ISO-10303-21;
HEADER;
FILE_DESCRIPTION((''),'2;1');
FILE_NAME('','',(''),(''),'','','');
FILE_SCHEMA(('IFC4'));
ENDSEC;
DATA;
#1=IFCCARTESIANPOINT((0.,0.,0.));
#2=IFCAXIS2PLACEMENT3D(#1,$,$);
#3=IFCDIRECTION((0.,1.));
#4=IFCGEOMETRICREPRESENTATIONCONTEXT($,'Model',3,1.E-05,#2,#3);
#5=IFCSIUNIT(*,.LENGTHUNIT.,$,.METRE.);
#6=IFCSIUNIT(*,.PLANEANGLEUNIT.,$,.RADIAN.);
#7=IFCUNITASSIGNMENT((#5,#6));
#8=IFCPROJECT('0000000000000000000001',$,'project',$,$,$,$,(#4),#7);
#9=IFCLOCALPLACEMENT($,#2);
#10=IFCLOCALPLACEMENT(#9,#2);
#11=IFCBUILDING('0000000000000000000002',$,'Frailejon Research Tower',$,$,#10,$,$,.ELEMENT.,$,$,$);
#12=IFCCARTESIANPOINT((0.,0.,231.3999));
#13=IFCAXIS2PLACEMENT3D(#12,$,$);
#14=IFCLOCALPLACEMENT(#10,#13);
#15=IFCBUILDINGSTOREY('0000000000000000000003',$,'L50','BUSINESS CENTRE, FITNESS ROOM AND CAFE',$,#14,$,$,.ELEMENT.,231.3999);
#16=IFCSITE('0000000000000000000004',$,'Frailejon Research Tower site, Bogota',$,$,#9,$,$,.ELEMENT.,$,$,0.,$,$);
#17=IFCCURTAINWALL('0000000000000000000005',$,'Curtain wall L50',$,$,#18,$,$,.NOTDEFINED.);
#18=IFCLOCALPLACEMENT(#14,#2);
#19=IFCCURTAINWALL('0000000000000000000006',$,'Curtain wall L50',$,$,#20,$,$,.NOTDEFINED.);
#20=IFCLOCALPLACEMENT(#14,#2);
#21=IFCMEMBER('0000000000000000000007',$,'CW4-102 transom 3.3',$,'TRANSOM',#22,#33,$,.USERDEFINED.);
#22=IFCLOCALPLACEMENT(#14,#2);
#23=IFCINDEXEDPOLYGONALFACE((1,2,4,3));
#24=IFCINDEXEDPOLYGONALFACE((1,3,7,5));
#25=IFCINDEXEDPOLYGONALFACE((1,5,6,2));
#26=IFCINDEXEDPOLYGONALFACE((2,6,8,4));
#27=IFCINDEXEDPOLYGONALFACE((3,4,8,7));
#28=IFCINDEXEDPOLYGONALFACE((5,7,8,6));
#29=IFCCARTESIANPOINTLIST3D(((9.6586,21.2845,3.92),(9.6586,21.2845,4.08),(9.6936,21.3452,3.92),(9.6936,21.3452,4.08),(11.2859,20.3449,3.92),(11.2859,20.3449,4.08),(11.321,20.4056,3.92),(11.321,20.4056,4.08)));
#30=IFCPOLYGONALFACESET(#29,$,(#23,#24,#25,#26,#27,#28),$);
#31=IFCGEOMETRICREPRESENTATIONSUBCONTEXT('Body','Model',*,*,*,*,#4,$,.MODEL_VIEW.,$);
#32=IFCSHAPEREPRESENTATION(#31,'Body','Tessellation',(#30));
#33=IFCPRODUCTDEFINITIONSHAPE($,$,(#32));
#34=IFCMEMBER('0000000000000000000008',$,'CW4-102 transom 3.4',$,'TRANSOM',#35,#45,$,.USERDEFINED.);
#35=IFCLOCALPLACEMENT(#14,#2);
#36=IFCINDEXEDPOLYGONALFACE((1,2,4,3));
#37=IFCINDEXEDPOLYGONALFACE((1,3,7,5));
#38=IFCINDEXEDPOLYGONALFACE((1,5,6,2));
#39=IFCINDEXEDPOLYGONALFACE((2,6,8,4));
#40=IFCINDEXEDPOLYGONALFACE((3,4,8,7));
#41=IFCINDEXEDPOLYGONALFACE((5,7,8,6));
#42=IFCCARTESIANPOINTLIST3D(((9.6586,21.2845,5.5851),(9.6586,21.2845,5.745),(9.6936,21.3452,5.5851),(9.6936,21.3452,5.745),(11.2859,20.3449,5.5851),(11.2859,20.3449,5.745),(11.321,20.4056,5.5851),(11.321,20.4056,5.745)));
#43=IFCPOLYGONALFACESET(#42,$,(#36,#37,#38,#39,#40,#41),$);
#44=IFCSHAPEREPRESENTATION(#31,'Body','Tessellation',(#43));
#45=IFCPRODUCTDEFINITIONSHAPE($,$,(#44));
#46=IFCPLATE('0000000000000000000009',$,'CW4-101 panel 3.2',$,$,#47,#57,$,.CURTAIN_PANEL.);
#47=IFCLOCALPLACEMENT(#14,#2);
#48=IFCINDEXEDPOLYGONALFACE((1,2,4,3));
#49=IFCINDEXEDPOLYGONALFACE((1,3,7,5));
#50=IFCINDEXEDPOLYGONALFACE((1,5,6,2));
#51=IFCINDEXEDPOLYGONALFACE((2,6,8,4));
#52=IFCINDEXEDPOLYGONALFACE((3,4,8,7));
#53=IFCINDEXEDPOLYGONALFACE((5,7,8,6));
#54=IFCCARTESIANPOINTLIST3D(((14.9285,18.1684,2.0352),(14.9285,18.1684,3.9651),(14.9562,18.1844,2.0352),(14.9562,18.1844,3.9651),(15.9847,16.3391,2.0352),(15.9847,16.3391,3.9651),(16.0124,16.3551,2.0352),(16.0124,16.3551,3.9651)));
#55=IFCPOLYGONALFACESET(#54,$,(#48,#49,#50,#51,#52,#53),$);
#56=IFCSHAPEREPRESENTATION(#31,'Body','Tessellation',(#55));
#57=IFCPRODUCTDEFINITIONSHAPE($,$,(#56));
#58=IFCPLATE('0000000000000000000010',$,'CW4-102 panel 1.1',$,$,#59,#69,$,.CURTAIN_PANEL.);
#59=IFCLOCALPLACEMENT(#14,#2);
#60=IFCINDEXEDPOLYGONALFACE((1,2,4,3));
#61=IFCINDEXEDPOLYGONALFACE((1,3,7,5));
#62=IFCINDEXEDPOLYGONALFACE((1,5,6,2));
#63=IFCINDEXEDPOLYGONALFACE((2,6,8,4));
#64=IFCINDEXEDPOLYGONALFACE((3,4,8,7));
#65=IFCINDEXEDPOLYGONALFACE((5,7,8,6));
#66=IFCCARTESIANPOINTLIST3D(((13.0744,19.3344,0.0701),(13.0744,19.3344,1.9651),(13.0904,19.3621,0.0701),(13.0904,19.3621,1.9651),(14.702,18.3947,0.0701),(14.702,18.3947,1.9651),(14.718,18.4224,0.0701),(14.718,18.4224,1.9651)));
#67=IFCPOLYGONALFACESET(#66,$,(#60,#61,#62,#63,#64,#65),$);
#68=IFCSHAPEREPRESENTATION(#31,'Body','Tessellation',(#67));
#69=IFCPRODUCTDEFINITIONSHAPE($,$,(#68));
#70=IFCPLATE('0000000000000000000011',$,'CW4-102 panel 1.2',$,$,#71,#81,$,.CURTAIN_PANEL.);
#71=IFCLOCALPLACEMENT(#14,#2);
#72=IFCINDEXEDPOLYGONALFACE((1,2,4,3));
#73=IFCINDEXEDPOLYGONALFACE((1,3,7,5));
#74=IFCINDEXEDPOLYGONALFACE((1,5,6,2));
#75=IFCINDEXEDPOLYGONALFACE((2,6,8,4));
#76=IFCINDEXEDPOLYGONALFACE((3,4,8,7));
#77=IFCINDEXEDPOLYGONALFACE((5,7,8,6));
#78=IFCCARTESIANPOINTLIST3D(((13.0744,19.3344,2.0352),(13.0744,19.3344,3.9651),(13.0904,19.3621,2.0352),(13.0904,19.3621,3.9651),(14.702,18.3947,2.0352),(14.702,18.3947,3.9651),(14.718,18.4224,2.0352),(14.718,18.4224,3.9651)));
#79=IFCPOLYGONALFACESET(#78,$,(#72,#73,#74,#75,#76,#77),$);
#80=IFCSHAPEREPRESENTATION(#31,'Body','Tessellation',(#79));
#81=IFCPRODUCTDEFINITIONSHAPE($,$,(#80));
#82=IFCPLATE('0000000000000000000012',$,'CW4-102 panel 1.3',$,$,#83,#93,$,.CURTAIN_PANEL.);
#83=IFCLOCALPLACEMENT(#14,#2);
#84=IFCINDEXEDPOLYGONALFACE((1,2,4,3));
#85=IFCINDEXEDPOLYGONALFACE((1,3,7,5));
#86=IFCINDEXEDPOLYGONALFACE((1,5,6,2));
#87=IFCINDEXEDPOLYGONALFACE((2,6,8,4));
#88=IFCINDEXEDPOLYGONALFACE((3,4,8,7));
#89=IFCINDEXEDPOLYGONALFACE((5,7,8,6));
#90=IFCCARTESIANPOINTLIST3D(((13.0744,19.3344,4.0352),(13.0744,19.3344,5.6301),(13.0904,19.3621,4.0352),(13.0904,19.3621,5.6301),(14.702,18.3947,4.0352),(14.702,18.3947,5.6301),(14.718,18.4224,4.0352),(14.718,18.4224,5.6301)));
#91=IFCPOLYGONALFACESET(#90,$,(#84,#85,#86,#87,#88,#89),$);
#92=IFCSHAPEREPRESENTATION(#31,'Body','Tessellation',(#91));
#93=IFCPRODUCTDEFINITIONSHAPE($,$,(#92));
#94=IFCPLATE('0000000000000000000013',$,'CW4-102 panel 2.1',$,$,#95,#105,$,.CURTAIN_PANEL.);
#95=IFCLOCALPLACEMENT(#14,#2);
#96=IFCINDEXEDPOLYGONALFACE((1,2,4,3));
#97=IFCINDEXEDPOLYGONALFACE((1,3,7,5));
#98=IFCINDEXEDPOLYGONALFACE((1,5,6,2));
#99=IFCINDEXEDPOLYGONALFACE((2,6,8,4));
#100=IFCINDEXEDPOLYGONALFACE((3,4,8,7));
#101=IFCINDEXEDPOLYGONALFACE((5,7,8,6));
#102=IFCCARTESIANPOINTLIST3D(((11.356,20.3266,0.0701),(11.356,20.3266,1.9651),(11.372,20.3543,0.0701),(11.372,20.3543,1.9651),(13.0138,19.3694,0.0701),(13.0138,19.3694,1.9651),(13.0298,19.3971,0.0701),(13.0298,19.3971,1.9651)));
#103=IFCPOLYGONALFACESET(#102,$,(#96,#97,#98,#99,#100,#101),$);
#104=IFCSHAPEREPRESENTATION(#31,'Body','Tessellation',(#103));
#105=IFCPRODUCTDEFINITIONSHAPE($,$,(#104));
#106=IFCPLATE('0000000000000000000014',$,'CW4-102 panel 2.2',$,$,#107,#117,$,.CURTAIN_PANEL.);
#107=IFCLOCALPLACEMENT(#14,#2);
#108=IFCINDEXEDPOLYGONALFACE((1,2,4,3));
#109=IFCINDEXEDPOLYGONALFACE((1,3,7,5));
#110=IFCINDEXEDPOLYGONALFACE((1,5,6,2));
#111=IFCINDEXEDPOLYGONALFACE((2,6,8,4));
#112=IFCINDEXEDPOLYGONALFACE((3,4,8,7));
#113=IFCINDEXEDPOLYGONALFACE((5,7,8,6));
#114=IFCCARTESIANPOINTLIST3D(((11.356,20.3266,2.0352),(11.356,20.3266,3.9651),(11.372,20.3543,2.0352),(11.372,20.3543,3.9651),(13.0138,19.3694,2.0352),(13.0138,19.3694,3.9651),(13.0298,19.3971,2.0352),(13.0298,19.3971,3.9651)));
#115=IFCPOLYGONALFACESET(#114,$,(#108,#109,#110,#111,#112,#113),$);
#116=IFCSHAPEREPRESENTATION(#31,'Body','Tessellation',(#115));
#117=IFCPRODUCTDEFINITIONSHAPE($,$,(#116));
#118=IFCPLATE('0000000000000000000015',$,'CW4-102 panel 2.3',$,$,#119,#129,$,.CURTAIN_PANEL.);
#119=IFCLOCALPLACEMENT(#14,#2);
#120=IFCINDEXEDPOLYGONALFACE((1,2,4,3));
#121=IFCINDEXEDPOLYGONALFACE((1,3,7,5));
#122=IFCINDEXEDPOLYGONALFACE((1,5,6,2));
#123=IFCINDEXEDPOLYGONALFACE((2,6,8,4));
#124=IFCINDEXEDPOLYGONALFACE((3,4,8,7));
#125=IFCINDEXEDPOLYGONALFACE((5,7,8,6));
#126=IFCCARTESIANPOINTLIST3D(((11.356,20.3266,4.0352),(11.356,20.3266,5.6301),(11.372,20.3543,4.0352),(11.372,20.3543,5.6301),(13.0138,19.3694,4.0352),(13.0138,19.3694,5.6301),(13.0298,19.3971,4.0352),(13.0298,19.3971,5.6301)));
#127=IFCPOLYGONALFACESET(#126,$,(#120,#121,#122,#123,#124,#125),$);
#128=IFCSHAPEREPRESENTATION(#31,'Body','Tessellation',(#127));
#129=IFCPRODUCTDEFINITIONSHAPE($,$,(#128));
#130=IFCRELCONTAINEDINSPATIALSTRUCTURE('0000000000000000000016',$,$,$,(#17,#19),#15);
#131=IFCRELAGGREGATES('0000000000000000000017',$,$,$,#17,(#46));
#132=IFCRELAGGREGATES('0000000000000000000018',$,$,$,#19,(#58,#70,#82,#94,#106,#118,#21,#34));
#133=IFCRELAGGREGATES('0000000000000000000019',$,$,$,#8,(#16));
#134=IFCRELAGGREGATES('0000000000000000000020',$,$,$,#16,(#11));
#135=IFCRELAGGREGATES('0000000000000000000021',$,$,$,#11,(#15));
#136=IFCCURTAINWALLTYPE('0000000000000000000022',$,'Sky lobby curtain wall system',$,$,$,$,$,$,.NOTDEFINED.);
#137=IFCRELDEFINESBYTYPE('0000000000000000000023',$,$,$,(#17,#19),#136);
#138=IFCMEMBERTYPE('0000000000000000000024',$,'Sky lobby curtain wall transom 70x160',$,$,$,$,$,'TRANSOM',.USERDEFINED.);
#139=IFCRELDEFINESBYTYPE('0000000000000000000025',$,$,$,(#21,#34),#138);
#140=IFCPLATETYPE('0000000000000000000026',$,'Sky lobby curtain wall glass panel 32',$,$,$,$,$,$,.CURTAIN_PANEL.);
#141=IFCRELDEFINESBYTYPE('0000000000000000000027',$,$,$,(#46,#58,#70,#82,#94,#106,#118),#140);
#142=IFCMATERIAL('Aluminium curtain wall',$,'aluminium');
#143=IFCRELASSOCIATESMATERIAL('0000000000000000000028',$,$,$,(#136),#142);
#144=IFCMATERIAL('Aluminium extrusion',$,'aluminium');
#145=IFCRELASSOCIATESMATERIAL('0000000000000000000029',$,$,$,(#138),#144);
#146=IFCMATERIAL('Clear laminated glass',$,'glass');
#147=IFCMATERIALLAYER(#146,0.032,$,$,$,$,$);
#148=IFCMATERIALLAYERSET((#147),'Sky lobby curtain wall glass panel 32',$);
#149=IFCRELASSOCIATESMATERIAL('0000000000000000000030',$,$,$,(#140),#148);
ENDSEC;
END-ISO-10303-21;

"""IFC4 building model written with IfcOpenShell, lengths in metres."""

from ifc_helpers import new_model, si_unit, direction, frame, origin, origin_2d, place, context, subcontext, project, spatial, rectangle, extrude, material, layer, layer_set, material_profile, profile_set, type_object, element, aggregate, save


model = new_model("IFC4")

# Units and contexts
model_context = context("Model", 3, precision=1e-05, world=origin(), true_north=direction((0.0, 1.0)))
body_context = subcontext(model_context, "Body", "Model", "MODEL_VIEW")
ifc_project = project(units=[si_unit("LENGTHUNIT", "METRE"), si_unit("PLANEANGLEUNIT", "RADIAN")], contexts=[model_context])

# Site, building, storey
site_placement = place(None, origin())
site = spatial("IfcSite", under=ifc_project, at=site_placement, Name="Frailejon Research Tower site, Bogota", CompositionType="ELEMENT", RefElevation=0.0)
building_placement = place(site_placement, origin())
building = spatial("IfcBuilding", under=site, at=building_placement, Name="Frailejon Research Tower", CompositionType="ELEMENT")
storey_placement = place(building_placement, frame((0.0, 0.0, 231.3999)))
storey = spatial("IfcBuildingStorey", under=building, at=storey_placement, Name="L50", Description="BUSINESS CENTRE, FITNESS ROOM AND CAFE", CompositionType="ELEMENT", Elevation=231.3999)

# Curtain wall
ifc_material_1 = material(Name="Aluminium curtain wall", Category="aluminium")
curtain_wall_type = type_object("IfcCurtainWallType", Name="Sky lobby curtain wall system", PredefinedType="NOTDEFINED", material=ifc_material_1)
curtain_wall_1_placement = place(storey_placement, origin())
curtain_wall_1 = element("IfcCurtainWall", 1, at=curtain_wall_1_placement, inside=storey, type_object=curtain_wall_type, Name="Curtain wall L50", PredefinedType="NOTDEFINED")

# Curtain wall, members
curtain_wall_2_placement = place(storey_placement, origin())
curtain_wall_2 = element("IfcCurtainWall", 2, at=curtain_wall_2_placement, inside=storey, type_object=curtain_wall_type, Name="Curtain wall L50", PredefinedType="NOTDEFINED")
ifc_material_2 = material(Name="Aluminium extrusion", Category="aluminium")
ifc_material_profile_1 = material_profile(ifc_material_2, rectangle(XDim=0.0701, YDim=0.1599, at=origin_2d()), Name="Sky lobby curtain wall transom 70x160")
ifc_profile_set_1 = profile_set([ifc_material_profile_1], Name="Aluminium extrusion")
member_type_1 = type_object("IfcMemberType", Name="Sky lobby curtain wall transom 70x160", ElementType="TRANSOM", PredefinedType="USERDEFINED", material=ifc_profile_set_1)
member_1_placement = place(storey_placement, frame((11.3035, 20.3752, 4.0), z_axis=(-0.866004, 0.500037, 0.0), x_axis=(-0.500037, -0.866004, 0.0)))
member_1 = element("IfcMember", 3, at=member_1_placement, type_object=member_type_1, Name="CW4-102 transom 3.3", ObjectType="TRANSOM", PredefinedType="USERDEFINED", context=body_context, shape_type="SweptSolid", body=[
    extrude(rectangle(XDim=0.0701, YDim=0.1599, at=origin_2d()), origin(), (0.0, 0.0, 1.0), 1.8792),
])
member_2_placement = place(storey_placement, frame((11.3035, 20.3752, 5.665), z_axis=(-0.866004, 0.500037, 0.0), x_axis=(-0.500037, -0.866004, 0.0)))
member_2 = element("IfcMember", 4, at=member_2_placement, type_object=member_type_1, Name="CW4-102 transom 3.4", ObjectType="TRANSOM", PredefinedType="USERDEFINED", context=body_context, shape_type="SweptSolid", body=[
    extrude(rectangle(XDim=0.0701, YDim=0.1599, at=origin_2d()), origin(), (0.0, 0.0, 1.0), 1.8792),
])

# Plates
ifc_material_3 = material(Name="Clear laminated glass", Category="glass")
ifc_layer = layer(ifc_material_3, 0.032)
ifc_layer_set = layer_set([ifc_layer], Name="Sky lobby curtain wall glass panel 32")
plate_type = type_object("IfcPlateType", Name="Sky lobby curtain wall glass panel 32", PredefinedType="CURTAIN_PANEL", material=ifc_layer_set)
plate_1_placement = place(storey_placement, frame((15.4705, 17.2617, 2.0352), z_axis=(0.0, 0.0, 1.0), x_axis=(-0.5, 0.866025, 0.0)))
plate_1 = element("IfcPlate", 5, at=plate_1_placement, type_object=plate_type, Name="CW4-101 panel 3.2", PredefinedType="CURTAIN_PANEL", context=body_context, shape_type="SweptSolid", body=[
    extrude(rectangle(XDim=2.1123, YDim=0.032, at=origin_2d()), origin(), (0.0, 0.0, 1.0), 1.9299),
])
aggregate(curtain_wall_1, [plate_1])
plate_2_placement = place(storey_placement, frame((13.8962, 18.8784, 0.0701), z_axis=(0.0, 0.0, 1.0), x_axis=(-0.866019, 0.500011, 0.0)))
plate_2 = element("IfcPlate", 6, at=plate_2_placement, type_object=plate_type, Name="CW4-102 panel 1.1", PredefinedType="CURTAIN_PANEL", context=body_context, shape_type="SweptSolid", body=[
    extrude(rectangle(XDim=1.8794, YDim=0.032, at=origin_2d()), origin(), (0.0, 0.0, 1.0), 1.895),
])
plate_3_placement = place(storey_placement, frame((13.8962, 18.8784, 2.0352), z_axis=(0.0, 0.0, 1.0), x_axis=(-0.866019, 0.500011, 0.0)))
plate_3 = element("IfcPlate", 7, at=plate_3_placement, type_object=plate_type, Name="CW4-102 panel 1.2", PredefinedType="CURTAIN_PANEL", context=body_context, shape_type="SweptSolid", body=[
    extrude(rectangle(XDim=1.8794, YDim=0.032, at=origin_2d()), origin(), (0.0, 0.0, 1.0), 1.9299),
])
plate_4_placement = place(storey_placement, frame((13.8962, 18.8784, 4.0352), z_axis=(0.0, 0.0, 1.0), x_axis=(-0.866019, 0.500011, 0.0)))
plate_4 = element("IfcPlate", 8, at=plate_4_placement, type_object=plate_type, Name="CW4-102 panel 1.3", PredefinedType="CURTAIN_PANEL", context=body_context, shape_type="SweptSolid", body=[
    extrude(rectangle(XDim=1.8794, YDim=0.032, at=origin_2d()), origin(), (0.0, 0.0, 1.0), 1.595),
])
plate_5_placement = place(storey_placement, frame((12.1929, 19.8618, 0.0701), z_axis=(0.0, 0.0, 1.0), x_axis=(-0.866019, 0.500011, 0.0)))
plate_5 = element("IfcPlate", 9, at=plate_5_placement, type_object=plate_type, Name="CW4-102 panel 2.1", PredefinedType="CURTAIN_PANEL", context=body_context, shape_type="SweptSolid", body=[
    extrude(rectangle(XDim=1.9143, YDim=0.032, at=origin_2d()), origin(), (0.0, 0.0, 1.0), 1.895),
])
plate_6_placement = place(storey_placement, frame((12.1929, 19.8618, 2.0352), z_axis=(0.0, 0.0, 1.0), x_axis=(-0.866019, 0.500011, 0.0)))
plate_6 = element("IfcPlate", 10, at=plate_6_placement, type_object=plate_type, Name="CW4-102 panel 2.2", PredefinedType="CURTAIN_PANEL", context=body_context, shape_type="SweptSolid", body=[
    extrude(rectangle(XDim=1.9143, YDim=0.032, at=origin_2d()), origin(), (0.0, 0.0, 1.0), 1.9299),
])
plate_7_placement = place(storey_placement, frame((12.1929, 19.8618, 4.0352), z_axis=(0.0, 0.0, 1.0), x_axis=(-0.866019, 0.500011, 0.0)))
plate_7 = element("IfcPlate", 11, at=plate_7_placement, type_object=plate_type, Name="CW4-102 panel 2.3", PredefinedType="CURTAIN_PANEL", context=body_context, shape_type="SweptSolid", body=[
    extrude(rectangle(XDim=1.9143, YDim=0.032, at=origin_2d()), origin(), (0.0, 0.0, 1.0), 1.595),
])
aggregate(curtain_wall_2, [plate_2, plate_3, plate_4, plate_5, plate_6, plate_7, member_1, member_2])

save(model, "model.ifc")
